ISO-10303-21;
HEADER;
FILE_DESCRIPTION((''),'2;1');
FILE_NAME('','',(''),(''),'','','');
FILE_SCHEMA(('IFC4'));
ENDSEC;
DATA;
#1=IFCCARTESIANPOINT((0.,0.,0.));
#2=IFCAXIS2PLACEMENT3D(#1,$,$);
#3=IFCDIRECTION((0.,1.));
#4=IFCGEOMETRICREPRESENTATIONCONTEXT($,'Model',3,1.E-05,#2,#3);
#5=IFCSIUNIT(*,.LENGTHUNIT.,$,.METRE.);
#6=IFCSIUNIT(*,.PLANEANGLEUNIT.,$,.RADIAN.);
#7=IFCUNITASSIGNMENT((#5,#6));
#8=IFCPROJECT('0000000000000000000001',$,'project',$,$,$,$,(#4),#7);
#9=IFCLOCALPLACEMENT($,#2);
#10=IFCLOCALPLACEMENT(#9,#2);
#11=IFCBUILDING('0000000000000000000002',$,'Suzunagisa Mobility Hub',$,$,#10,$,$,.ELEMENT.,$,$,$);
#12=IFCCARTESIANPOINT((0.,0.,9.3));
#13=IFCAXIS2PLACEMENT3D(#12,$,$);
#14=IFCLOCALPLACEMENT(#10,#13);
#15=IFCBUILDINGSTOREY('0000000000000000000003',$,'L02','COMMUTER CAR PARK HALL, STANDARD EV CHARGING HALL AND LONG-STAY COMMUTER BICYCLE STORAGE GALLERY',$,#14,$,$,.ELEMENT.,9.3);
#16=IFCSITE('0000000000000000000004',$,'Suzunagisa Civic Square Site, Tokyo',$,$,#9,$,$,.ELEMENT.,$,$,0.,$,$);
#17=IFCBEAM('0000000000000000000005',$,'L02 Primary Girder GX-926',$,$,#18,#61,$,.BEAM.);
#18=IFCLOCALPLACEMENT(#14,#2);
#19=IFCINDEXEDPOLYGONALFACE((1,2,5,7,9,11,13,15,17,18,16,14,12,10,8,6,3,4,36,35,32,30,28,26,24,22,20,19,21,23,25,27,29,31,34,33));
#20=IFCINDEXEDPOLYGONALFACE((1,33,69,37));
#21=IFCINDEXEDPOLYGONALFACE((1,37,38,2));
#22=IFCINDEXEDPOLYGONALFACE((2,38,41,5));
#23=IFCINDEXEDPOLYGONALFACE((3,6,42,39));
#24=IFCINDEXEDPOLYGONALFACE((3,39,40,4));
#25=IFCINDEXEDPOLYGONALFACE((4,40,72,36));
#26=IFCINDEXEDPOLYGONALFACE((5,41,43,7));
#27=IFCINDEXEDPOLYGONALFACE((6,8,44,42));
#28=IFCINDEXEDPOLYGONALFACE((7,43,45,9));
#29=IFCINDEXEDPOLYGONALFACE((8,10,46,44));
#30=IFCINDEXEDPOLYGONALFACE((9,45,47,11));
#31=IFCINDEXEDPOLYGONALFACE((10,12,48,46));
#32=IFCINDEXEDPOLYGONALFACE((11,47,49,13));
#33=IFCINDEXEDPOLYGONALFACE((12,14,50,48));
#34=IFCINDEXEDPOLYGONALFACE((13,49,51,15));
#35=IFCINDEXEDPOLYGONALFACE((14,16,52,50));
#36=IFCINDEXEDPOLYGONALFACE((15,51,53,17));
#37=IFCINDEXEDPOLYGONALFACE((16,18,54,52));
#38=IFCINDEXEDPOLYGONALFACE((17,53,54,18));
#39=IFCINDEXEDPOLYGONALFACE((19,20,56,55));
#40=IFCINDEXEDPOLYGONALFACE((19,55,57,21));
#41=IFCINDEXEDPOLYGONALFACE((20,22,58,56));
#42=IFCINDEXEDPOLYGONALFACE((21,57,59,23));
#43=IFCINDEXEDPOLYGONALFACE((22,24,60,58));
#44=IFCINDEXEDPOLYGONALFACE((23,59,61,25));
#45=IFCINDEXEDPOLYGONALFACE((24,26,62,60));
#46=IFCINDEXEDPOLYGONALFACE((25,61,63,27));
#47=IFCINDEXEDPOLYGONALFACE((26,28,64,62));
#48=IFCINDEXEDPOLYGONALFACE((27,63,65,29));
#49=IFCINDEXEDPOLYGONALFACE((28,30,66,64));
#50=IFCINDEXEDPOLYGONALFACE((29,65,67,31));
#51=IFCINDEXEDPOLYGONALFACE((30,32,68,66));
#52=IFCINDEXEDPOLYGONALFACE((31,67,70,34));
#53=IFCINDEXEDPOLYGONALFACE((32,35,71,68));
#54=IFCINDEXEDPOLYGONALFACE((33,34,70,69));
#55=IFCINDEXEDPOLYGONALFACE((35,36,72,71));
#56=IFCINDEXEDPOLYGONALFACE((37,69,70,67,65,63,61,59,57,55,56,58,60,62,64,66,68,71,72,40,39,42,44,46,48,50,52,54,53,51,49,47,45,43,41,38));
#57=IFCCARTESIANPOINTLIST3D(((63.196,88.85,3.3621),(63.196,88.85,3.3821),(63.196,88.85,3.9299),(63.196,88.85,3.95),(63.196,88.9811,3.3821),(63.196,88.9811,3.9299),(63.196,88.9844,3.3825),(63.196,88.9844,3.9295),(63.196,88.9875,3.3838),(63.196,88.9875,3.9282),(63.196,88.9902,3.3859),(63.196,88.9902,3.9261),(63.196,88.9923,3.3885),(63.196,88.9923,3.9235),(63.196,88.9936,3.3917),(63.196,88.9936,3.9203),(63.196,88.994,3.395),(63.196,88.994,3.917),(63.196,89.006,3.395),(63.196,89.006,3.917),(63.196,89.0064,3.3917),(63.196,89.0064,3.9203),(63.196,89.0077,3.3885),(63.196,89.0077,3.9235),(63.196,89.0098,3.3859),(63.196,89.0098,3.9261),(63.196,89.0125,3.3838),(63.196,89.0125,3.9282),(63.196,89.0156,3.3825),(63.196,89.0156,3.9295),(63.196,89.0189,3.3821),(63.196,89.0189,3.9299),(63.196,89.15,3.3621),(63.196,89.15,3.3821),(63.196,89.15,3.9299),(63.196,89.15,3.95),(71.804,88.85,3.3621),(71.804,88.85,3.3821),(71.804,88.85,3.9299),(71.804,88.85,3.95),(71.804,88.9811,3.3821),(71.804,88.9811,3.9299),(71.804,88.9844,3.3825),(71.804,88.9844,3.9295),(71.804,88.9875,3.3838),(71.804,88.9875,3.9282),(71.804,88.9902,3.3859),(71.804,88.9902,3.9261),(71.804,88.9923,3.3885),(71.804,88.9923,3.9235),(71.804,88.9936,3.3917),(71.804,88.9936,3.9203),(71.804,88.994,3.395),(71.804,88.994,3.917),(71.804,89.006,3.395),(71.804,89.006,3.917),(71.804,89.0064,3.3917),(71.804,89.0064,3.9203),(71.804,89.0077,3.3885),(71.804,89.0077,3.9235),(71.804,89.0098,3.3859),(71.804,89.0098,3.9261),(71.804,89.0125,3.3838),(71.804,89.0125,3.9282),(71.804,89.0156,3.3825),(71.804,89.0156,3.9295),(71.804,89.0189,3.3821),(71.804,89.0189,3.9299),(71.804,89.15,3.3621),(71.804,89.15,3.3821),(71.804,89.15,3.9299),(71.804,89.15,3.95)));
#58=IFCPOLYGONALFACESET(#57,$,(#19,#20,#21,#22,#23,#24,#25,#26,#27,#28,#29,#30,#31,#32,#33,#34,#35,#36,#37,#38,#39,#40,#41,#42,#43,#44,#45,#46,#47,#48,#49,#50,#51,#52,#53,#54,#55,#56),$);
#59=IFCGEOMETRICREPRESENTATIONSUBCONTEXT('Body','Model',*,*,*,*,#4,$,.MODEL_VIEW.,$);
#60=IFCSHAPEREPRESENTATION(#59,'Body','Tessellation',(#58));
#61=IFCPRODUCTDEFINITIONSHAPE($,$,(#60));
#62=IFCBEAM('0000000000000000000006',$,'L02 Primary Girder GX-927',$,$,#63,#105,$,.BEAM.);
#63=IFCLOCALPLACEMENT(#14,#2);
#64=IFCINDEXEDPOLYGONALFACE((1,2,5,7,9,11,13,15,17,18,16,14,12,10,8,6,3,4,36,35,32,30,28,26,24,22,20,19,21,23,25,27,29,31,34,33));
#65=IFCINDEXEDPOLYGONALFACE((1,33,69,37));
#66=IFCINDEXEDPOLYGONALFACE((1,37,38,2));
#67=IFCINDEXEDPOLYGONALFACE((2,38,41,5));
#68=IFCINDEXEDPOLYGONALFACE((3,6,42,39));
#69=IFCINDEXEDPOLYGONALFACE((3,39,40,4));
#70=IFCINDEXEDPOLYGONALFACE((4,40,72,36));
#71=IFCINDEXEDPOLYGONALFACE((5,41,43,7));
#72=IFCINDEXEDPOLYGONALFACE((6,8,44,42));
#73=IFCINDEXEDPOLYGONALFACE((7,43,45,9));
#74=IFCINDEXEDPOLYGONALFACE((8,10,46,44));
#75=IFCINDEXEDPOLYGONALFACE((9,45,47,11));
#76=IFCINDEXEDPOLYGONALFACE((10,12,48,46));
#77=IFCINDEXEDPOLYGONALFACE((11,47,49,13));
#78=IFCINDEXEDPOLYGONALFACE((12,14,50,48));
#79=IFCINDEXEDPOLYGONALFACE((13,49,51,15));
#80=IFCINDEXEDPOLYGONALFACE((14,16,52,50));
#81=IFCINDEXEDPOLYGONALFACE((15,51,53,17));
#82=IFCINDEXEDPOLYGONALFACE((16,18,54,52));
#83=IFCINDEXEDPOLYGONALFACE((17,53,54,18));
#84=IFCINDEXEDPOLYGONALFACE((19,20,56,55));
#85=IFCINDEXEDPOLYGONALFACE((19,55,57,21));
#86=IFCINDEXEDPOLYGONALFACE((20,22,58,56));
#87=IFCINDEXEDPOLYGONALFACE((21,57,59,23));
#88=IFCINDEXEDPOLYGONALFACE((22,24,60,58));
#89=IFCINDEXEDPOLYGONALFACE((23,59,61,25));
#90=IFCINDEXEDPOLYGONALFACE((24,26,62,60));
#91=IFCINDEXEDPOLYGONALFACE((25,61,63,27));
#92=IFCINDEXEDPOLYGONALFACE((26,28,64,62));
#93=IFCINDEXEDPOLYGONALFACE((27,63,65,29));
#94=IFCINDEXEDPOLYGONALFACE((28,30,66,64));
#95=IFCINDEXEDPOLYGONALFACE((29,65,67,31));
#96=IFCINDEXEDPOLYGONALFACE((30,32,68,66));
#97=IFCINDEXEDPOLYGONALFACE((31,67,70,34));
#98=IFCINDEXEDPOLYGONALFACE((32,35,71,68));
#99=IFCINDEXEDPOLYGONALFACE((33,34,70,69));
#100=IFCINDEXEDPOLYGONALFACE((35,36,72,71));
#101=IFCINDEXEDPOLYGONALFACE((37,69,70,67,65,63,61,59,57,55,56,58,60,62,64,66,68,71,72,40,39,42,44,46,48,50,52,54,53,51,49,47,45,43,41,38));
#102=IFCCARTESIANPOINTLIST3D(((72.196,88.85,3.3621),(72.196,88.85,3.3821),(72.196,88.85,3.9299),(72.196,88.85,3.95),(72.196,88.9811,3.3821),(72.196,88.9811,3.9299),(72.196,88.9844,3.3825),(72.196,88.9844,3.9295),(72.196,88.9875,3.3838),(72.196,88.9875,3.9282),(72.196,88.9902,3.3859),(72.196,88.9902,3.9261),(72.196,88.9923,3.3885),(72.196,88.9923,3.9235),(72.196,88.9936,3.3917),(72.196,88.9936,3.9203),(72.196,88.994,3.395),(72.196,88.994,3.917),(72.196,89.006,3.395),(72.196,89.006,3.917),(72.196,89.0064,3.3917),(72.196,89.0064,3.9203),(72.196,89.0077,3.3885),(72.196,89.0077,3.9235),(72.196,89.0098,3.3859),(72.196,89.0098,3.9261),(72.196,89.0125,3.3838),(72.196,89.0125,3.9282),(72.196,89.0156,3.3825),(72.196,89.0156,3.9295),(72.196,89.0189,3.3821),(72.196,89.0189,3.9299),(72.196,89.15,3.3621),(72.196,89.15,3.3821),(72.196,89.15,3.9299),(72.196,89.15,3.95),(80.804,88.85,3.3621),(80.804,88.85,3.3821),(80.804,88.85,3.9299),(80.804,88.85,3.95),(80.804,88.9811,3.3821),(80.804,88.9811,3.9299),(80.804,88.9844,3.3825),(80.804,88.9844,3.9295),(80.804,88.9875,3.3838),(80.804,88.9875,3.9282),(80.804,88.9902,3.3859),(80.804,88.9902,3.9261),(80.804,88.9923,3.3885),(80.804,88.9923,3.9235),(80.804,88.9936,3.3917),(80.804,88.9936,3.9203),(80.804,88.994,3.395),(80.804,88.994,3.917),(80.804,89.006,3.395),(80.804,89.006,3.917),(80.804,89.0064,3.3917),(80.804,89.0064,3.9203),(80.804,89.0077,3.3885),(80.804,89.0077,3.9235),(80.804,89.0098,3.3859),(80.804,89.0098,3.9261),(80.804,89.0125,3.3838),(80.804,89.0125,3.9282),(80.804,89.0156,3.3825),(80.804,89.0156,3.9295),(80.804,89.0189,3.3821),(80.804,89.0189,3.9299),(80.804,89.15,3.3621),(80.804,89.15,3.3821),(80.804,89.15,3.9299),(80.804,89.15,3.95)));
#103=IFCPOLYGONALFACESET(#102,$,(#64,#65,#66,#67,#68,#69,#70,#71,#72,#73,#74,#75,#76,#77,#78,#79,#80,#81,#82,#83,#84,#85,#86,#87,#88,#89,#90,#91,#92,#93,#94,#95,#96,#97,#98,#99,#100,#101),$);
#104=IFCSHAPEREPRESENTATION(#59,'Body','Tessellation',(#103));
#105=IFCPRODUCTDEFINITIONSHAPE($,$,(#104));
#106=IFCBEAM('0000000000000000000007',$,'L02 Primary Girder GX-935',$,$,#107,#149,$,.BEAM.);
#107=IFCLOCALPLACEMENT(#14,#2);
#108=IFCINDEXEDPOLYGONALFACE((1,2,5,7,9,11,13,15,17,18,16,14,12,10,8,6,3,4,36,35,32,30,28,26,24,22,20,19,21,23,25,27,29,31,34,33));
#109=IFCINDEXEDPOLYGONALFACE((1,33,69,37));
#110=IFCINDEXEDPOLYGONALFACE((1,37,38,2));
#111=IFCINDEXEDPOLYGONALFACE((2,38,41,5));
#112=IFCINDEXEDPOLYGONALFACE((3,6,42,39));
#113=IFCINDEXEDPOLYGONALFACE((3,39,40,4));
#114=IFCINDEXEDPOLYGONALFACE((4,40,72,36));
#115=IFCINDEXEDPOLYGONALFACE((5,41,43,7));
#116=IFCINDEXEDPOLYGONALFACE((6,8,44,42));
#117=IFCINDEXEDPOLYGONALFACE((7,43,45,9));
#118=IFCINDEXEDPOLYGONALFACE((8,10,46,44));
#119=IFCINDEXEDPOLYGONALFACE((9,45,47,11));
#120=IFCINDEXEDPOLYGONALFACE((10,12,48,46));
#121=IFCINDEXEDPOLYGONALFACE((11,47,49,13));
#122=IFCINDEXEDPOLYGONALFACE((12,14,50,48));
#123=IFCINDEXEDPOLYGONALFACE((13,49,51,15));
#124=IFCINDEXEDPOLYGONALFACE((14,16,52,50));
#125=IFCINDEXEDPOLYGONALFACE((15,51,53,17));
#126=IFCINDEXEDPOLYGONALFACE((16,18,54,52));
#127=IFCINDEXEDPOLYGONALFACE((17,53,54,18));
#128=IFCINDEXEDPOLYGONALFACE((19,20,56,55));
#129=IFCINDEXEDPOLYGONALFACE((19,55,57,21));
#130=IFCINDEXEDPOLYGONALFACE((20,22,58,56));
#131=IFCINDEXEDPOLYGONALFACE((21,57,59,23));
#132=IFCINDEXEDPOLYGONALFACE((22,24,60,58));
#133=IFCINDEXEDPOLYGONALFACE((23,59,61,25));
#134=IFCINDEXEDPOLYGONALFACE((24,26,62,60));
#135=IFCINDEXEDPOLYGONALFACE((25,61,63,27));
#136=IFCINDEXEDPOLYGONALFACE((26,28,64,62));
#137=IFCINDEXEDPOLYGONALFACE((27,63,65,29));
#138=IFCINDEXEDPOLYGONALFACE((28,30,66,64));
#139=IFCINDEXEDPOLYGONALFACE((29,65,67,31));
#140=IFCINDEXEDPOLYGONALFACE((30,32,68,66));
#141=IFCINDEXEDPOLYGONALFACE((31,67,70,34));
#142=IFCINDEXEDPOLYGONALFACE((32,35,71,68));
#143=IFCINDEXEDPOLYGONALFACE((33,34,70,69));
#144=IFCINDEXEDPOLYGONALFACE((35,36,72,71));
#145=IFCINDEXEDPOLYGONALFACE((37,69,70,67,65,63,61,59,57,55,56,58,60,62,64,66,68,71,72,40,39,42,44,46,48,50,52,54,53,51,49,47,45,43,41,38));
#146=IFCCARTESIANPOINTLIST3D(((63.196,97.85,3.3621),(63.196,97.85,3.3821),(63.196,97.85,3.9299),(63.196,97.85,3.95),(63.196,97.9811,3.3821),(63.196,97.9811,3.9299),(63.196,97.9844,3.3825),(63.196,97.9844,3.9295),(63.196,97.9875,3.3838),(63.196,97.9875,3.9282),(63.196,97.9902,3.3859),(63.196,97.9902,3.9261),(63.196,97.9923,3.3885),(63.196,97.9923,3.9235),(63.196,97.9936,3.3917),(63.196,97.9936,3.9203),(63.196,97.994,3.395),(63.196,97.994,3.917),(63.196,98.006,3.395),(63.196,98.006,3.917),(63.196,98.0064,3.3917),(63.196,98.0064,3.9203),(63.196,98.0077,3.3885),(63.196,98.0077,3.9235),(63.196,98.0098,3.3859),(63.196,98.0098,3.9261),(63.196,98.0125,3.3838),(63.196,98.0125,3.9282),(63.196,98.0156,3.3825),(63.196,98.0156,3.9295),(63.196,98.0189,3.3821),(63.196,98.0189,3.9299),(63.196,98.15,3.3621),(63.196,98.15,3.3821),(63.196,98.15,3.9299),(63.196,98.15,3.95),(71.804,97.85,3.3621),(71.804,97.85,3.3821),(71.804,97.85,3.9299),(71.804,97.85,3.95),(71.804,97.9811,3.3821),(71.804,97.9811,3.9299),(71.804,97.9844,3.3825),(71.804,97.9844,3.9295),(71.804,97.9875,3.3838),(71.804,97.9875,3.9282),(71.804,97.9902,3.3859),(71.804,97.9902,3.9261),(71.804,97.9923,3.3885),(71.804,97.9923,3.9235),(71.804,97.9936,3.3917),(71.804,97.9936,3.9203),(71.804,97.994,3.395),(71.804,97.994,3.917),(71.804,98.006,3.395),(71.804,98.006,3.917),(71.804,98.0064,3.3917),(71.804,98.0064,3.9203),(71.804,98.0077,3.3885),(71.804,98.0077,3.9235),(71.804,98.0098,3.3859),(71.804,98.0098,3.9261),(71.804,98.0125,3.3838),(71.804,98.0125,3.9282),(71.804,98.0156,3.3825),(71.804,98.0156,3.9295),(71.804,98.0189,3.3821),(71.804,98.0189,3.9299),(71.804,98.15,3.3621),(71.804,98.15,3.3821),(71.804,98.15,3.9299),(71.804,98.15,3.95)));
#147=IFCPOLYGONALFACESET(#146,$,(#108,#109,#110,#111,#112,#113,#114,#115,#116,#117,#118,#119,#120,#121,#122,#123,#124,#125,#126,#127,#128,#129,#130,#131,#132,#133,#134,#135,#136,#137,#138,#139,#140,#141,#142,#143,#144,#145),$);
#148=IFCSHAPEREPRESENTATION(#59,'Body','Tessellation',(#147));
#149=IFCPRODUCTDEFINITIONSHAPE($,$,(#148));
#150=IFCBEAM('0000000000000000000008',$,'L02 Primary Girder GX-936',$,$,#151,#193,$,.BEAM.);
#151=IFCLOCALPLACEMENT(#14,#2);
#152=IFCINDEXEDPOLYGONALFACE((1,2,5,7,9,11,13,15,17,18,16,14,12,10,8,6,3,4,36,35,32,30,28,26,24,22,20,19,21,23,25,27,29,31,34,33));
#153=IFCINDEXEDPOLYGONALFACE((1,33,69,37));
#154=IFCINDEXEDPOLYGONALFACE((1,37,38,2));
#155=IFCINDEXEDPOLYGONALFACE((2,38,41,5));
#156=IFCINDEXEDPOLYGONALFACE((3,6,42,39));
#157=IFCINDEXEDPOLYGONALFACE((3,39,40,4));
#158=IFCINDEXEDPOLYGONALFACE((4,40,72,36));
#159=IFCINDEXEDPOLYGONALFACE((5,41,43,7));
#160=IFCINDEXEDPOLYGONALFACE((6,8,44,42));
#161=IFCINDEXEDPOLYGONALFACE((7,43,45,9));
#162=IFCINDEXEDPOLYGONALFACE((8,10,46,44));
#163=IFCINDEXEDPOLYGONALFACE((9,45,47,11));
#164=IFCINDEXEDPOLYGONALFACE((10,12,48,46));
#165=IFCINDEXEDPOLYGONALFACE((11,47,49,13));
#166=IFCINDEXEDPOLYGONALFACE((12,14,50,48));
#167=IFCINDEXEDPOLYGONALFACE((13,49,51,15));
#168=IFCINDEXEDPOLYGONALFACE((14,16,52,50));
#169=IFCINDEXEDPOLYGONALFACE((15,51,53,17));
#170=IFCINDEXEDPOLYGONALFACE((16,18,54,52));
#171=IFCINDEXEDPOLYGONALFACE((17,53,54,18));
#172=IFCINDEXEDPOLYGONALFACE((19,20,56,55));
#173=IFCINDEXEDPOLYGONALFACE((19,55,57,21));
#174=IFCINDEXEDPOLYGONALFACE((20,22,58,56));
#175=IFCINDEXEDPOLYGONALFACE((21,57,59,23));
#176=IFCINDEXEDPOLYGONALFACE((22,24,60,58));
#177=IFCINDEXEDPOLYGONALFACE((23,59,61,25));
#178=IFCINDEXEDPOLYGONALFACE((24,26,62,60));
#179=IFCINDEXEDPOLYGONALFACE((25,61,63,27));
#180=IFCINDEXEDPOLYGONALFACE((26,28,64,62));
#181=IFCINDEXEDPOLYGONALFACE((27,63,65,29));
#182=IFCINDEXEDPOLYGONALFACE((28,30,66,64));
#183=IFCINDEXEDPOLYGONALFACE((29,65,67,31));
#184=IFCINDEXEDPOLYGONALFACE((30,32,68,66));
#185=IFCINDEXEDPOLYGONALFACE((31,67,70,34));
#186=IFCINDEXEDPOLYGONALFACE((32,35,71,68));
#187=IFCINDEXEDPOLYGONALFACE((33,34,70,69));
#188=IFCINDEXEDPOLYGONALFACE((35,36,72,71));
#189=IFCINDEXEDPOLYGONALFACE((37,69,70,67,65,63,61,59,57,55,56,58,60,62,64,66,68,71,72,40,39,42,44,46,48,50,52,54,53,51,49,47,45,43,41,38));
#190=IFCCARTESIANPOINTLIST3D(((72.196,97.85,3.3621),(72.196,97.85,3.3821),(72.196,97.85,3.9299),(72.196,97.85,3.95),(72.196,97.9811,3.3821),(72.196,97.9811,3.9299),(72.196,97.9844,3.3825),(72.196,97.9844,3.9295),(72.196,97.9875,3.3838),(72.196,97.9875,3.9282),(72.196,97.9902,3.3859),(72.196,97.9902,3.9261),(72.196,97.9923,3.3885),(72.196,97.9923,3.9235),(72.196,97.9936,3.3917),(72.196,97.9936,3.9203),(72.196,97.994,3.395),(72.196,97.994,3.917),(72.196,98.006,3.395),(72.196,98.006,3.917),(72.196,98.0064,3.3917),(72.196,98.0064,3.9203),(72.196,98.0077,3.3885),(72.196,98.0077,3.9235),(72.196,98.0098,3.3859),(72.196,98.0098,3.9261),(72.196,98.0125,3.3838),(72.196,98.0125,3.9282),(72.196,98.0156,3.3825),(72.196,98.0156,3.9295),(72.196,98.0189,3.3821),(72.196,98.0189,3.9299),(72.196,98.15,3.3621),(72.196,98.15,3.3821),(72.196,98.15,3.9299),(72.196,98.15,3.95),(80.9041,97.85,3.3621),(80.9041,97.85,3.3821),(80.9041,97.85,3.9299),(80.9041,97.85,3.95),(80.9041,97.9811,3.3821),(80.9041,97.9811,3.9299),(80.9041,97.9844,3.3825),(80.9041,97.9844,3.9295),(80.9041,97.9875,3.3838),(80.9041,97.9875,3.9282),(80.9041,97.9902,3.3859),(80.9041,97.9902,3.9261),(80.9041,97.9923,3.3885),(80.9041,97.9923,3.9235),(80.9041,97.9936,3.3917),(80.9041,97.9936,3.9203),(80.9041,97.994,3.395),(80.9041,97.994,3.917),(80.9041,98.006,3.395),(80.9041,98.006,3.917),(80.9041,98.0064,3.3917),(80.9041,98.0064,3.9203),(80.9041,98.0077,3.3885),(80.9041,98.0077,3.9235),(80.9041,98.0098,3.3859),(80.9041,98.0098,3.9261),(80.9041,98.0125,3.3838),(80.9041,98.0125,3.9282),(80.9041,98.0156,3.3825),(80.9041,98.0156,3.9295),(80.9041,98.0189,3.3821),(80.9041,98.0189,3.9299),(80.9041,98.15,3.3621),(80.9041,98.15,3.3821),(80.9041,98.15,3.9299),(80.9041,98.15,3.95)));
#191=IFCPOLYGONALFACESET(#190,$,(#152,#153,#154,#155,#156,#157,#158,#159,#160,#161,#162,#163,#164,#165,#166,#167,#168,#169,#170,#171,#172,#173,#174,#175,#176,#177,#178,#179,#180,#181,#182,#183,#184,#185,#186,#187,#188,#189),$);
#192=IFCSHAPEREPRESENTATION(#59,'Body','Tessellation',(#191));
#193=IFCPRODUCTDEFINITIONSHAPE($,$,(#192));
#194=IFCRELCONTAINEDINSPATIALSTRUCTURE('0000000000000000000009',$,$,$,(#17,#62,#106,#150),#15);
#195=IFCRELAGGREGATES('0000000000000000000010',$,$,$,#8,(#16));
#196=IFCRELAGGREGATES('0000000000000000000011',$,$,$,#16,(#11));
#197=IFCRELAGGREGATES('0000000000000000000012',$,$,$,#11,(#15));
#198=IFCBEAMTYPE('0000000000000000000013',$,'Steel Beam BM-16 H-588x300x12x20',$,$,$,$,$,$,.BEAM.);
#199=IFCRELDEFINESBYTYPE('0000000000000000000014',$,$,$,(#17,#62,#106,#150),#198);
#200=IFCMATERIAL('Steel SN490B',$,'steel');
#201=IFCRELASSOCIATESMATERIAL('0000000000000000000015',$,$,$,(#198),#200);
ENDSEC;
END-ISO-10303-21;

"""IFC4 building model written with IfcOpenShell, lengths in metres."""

from ifc_helpers import new_model, si_unit, direction, frame, origin, origin_2d, place, context, subcontext, project, spatial, i_section, extrude, material, material_profile, profile_set, type_object, element, save


model = new_model("IFC4")

# Units and contexts
model_context = context("Model", 3, precision=1e-05, world=origin(), true_north=direction((0.0, 1.0)))
body_context = subcontext(model_context, "Body", "Model", "MODEL_VIEW")
ifc_project = project(units=[si_unit("LENGTHUNIT", "METRE"), si_unit("PLANEANGLEUNIT", "RADIAN")], contexts=[model_context])

# Site, building, storey
site_placement = place(None, origin())
site = spatial("IfcSite", under=ifc_project, at=site_placement, Name="Suzunagisa Civic Square Site, Tokyo", CompositionType="ELEMENT", RefElevation=0.0)
building_placement = place(site_placement, origin())
building = spatial("IfcBuilding", under=site, at=building_placement, Name="Suzunagisa Mobility Hub", CompositionType="ELEMENT")
storey_placement = place(building_placement, frame((0.0, 0.0, 9.3)))
storey = spatial("IfcBuildingStorey", under=building, at=storey_placement, Name="L02", Description="COMMUTER CAR PARK HALL, STANDARD EV CHARGING HALL AND LONG-STAY COMMUTER BICYCLE STORAGE GALLERY", CompositionType="ELEMENT", Elevation=9.3)

# Shared definitions
ifc_material_1 = material(Name="Steel SN490B", Category="steel")

# Beams
ifc_material_profile_1 = material_profile(ifc_material_1, i_section(OverallWidth=0.3, OverallDepth=0.5879, WebThickness=0.012, FlangeThickness=0.02, FilletRadius=0.0129, at=origin_2d()), Name="H-588x300x12x20")
ifc_profile_set_1 = profile_set([ifc_material_profile_1], Name="Steel SN490B")
beam_type_1 = type_object("IfcBeamType", Name="Steel Beam BM-16 H-588x300x12x20", PredefinedType="BEAM", material=ifc_profile_set_1)
for number, where, z_axis, x_axis, name in (
    (1, (63.196, 89.0, 3.656), (1.0, 0.0, 0.0), (0.0, 1.0, 0.0), "L02 Primary Girder GX-926"),
    (2, (72.196, 89.0, 3.656), (1.0, 0.0, 0.0), (0.0, 1.0, 0.0), "L02 Primary Girder GX-927"),
    (3, (63.196, 98.0, 3.656), (1.0, 0.0, 0.0), (0.0, 1.0, 0.0), "L02 Primary Girder GX-935"),
):
    element("IfcBeam", number, at=place(storey_placement, frame(where, z_axis=z_axis, x_axis=x_axis)), inside=storey, type_object=beam_type_1, Name=name, PredefinedType="BEAM", context=body_context, shape_type="SweptSolid", body=[
        extrude(i_section(OverallWidth=0.3, OverallDepth=0.5879, WebThickness=0.012, FlangeThickness=0.02, FilletRadius=0.0129, at=origin_2d()), origin(), (0.0, 0.0, 1.0), 8.6079),
    ])
beam_1_placement = place(storey_placement, frame((72.196, 98.0, 3.656), z_axis=(1.0, 0.0, 0.0), x_axis=(0.0, 1.0, 0.0)))
element("IfcBeam", 4, at=beam_1_placement, inside=storey, type_object=beam_type_1, Name="L02 Primary Girder GX-936", PredefinedType="BEAM", context=body_context, shape_type="SweptSolid", body=[
    extrude(i_section(OverallWidth=0.3, OverallDepth=0.5879, WebThickness=0.012, FlangeThickness=0.02, FilletRadius=0.0129, at=origin_2d()), origin(), (0.0, 0.0, 1.0), 8.708),
])

save(model, "model.ifc")
